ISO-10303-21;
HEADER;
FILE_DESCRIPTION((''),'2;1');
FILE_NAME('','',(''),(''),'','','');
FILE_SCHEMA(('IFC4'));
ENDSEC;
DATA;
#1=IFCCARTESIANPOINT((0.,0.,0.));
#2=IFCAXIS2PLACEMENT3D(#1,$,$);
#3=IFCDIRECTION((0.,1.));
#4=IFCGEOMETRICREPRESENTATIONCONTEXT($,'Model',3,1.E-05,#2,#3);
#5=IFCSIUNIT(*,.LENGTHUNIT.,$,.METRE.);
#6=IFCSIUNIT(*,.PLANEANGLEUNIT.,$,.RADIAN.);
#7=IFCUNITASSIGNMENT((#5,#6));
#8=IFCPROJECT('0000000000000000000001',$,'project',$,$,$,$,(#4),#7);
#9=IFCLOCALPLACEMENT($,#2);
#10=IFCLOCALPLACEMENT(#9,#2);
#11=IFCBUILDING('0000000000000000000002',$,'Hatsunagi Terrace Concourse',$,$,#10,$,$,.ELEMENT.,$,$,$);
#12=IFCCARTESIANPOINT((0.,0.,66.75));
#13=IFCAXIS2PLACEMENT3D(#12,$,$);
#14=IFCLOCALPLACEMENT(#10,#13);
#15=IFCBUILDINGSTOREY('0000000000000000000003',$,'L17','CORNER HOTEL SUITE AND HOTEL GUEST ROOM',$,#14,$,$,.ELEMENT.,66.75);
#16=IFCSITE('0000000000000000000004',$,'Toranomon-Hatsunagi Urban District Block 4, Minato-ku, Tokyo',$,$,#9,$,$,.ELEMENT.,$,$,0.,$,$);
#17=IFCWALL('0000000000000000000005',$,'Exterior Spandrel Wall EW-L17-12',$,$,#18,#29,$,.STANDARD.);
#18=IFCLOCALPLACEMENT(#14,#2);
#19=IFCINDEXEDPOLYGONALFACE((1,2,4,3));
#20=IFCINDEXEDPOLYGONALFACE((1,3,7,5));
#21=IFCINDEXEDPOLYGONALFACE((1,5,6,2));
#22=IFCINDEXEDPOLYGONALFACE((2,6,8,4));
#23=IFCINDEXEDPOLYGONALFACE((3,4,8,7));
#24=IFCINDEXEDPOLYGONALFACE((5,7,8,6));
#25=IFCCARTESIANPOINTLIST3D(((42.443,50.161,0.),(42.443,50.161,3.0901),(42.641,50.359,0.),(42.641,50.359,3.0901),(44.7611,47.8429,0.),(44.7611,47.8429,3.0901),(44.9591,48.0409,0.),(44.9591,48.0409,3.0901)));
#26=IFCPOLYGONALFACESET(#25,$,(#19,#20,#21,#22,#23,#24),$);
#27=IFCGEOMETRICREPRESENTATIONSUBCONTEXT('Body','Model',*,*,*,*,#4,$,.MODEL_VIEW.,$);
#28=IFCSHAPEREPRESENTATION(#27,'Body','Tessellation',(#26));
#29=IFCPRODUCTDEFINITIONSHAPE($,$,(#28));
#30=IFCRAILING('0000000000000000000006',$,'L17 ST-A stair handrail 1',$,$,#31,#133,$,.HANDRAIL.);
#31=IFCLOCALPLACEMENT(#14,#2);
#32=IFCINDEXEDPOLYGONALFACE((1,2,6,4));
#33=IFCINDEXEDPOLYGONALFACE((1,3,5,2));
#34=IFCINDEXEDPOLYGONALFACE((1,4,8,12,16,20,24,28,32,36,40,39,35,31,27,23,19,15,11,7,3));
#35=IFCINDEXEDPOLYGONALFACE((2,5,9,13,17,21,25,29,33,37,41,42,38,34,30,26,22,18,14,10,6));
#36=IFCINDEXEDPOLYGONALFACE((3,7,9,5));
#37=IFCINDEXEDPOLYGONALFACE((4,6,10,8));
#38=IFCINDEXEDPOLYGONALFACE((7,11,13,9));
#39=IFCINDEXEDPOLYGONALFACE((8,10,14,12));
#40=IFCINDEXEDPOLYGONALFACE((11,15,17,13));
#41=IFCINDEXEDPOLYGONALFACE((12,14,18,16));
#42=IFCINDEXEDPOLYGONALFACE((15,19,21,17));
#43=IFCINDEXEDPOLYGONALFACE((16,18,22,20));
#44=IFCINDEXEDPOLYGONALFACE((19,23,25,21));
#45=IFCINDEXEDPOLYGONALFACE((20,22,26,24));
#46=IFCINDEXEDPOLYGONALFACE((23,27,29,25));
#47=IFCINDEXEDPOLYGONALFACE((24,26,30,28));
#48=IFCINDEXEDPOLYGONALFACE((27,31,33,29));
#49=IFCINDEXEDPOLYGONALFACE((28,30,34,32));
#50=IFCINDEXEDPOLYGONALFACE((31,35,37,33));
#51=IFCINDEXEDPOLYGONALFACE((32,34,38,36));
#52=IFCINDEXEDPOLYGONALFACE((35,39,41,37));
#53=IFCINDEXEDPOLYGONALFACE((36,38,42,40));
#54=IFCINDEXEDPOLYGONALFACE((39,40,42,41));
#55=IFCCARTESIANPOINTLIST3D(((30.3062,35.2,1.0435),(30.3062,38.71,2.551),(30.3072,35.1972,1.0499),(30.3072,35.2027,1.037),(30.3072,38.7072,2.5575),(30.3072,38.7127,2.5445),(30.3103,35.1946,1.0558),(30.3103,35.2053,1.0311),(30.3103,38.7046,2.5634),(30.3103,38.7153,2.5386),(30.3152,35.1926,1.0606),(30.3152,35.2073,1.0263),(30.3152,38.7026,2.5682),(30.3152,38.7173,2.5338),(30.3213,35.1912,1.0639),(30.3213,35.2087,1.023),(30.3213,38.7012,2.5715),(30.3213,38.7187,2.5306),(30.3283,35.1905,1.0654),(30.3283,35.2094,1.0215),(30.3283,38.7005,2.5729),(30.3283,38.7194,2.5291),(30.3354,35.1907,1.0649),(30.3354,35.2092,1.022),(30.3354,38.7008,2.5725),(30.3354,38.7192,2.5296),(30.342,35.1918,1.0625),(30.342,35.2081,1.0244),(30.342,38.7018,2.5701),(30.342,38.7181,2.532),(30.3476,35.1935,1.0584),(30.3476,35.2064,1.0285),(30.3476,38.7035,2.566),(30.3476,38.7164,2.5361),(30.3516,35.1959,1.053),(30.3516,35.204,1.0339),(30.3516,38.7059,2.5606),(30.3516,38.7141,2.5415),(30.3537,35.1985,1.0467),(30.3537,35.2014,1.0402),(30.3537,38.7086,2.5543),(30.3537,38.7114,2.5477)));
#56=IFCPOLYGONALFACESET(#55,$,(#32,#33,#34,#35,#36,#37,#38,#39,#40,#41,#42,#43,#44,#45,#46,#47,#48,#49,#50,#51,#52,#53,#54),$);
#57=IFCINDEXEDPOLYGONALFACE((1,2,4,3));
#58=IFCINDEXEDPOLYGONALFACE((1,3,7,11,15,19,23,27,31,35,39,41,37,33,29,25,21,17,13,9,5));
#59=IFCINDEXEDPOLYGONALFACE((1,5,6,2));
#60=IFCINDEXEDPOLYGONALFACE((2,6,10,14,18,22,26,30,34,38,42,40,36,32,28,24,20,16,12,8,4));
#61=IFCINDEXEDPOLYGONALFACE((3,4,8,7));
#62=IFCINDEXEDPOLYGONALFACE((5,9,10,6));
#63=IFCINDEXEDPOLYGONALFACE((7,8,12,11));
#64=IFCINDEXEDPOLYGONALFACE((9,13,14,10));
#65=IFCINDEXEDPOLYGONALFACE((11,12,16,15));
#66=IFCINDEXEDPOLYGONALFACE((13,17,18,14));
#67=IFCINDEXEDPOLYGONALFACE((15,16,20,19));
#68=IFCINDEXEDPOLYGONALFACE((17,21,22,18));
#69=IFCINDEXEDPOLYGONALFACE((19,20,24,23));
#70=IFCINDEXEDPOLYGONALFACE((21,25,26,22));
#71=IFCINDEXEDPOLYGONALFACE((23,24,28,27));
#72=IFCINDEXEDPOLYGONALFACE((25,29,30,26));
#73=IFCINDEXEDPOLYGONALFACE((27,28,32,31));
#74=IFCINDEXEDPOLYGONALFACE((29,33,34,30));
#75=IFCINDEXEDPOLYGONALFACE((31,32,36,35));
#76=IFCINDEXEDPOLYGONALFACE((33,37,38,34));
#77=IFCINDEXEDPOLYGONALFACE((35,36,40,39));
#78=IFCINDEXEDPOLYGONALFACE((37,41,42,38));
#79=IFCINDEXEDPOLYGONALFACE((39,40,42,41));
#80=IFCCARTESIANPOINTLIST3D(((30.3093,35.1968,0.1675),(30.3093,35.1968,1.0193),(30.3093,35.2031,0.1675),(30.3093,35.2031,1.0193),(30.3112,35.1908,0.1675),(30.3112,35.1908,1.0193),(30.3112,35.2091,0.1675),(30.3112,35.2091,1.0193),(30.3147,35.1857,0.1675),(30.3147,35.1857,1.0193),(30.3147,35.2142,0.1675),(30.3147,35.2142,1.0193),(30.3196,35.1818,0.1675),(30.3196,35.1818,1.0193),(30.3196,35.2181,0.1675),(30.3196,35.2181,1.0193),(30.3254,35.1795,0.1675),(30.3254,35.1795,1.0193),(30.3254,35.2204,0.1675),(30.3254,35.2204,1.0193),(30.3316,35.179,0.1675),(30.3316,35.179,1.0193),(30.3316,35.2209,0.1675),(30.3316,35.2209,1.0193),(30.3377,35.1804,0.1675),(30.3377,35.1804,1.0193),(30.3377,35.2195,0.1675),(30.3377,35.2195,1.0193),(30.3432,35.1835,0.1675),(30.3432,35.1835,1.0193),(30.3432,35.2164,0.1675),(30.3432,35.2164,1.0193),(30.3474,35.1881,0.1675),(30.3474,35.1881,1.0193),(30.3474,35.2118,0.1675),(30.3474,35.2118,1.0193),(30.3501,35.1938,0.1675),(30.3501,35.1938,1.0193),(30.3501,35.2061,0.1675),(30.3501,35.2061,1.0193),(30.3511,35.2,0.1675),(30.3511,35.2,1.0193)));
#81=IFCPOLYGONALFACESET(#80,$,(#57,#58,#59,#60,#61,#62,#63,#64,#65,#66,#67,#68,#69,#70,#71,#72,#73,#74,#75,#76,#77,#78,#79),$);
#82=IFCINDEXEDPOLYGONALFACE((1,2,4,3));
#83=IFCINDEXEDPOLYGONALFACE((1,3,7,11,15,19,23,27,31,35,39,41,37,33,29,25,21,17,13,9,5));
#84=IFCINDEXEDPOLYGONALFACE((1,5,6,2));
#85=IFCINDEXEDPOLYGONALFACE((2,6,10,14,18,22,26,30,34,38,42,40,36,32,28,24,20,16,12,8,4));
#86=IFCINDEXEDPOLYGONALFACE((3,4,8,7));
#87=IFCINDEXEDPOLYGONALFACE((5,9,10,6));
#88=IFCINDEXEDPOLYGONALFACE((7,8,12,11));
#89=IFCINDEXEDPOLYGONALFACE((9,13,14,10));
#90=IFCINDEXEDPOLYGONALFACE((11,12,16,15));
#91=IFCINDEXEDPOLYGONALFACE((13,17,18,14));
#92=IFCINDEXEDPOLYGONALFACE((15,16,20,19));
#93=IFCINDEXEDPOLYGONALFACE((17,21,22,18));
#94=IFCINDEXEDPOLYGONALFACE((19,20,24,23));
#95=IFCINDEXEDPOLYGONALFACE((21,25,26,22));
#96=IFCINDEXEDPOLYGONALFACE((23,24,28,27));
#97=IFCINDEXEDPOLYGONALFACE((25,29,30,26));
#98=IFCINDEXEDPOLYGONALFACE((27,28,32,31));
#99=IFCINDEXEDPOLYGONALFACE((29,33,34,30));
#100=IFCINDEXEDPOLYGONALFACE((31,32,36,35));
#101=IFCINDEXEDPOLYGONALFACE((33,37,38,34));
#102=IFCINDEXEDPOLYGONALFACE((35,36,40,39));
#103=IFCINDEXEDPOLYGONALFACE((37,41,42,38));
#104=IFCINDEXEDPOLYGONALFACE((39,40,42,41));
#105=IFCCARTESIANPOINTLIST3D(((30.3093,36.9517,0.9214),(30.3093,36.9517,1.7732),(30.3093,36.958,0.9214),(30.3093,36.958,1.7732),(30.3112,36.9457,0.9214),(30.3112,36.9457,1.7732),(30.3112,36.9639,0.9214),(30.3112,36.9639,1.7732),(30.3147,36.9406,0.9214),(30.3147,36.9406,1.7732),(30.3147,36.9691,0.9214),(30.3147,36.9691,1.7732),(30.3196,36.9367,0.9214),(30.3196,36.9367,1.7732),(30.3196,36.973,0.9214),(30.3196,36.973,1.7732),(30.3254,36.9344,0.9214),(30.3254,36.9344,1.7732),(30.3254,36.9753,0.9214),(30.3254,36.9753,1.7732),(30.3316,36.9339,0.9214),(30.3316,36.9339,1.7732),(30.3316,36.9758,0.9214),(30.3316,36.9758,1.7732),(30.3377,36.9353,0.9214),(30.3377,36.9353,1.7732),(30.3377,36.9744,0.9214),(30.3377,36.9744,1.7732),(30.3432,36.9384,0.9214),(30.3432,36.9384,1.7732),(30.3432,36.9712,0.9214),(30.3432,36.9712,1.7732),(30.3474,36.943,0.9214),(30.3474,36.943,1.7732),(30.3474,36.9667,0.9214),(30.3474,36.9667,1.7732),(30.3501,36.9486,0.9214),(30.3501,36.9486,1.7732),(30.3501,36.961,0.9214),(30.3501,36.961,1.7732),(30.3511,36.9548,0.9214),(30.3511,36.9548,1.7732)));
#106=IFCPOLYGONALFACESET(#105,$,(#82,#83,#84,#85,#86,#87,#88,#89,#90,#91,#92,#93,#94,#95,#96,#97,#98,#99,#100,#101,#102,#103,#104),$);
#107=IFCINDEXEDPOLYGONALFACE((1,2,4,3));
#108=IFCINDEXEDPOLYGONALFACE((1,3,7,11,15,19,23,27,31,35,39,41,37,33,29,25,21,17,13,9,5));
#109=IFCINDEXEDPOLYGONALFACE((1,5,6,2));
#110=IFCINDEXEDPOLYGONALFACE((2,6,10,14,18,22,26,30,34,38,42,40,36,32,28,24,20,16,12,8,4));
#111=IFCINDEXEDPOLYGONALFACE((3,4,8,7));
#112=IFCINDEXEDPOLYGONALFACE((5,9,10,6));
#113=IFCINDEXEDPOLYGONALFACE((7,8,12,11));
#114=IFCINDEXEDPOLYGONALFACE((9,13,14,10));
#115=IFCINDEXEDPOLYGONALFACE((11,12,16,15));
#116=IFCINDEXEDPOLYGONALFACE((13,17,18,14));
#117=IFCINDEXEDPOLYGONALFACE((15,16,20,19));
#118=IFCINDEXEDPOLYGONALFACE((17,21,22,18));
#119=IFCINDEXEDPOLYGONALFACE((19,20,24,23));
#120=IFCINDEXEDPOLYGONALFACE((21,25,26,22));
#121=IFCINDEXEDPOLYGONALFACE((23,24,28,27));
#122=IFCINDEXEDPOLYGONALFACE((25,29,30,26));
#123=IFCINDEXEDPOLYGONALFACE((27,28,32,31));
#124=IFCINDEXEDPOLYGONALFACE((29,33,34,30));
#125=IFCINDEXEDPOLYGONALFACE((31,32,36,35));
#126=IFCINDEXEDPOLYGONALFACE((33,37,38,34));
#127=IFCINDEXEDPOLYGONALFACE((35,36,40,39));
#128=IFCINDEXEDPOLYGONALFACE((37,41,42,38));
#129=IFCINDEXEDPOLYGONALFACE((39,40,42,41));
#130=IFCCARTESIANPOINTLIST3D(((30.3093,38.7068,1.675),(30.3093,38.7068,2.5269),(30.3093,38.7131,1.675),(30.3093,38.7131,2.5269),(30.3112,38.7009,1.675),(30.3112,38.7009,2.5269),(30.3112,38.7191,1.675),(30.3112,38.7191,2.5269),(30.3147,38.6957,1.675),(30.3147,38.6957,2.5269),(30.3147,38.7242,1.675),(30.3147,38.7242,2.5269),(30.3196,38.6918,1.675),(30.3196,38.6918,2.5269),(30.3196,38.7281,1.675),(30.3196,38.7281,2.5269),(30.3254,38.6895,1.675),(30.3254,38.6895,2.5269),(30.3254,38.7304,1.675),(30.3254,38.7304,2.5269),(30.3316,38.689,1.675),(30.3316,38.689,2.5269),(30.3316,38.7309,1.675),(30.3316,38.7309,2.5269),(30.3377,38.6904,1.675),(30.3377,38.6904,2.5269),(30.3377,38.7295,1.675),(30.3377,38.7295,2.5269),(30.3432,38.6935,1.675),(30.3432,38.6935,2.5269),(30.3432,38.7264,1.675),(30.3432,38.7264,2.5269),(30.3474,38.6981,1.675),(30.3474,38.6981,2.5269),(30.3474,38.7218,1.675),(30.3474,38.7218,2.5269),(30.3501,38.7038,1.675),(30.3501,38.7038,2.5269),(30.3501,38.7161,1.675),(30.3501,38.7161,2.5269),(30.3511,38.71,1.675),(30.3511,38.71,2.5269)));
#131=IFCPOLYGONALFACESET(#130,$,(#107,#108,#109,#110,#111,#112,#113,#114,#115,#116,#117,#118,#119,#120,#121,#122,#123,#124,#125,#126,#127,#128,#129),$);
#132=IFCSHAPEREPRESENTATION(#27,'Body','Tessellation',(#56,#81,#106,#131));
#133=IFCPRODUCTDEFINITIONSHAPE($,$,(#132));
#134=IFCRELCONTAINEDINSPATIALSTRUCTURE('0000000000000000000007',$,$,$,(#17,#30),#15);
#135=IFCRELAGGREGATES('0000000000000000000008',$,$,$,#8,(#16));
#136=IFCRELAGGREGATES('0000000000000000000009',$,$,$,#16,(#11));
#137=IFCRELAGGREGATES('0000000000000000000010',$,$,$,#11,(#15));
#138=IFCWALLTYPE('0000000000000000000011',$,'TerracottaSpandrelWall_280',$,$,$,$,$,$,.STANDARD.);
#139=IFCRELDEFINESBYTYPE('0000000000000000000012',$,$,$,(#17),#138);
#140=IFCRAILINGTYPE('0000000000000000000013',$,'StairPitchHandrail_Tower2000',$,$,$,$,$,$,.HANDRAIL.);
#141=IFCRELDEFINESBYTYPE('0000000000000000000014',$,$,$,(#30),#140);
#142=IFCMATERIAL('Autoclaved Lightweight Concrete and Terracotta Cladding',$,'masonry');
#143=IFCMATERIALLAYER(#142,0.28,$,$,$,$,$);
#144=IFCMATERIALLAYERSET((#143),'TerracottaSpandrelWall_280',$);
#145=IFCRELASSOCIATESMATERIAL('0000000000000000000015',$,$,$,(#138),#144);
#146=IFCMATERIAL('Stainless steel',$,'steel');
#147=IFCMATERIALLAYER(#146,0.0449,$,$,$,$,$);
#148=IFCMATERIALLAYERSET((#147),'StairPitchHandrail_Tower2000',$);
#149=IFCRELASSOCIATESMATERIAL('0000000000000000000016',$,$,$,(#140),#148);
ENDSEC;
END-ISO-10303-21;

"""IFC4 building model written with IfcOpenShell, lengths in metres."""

from ifc_helpers import new_model, si_unit, direction, frame, frame_2d, origin, origin_2d, place, context, subcontext, project, spatial, rectangle, circle, extrude, material, layer, layer_set, type_object, element, save


model = new_model("IFC4")

# Units and contexts
model_context = context("Model", 3, precision=1e-05, world=origin(), true_north=direction((0.0, 1.0)))
body_context = subcontext(model_context, "Body", "Model", "MODEL_VIEW")
ifc_project = project(units=[si_unit("LENGTHUNIT", "METRE"), si_unit("PLANEANGLEUNIT", "RADIAN")], contexts=[model_context])

# Site, building, storey
site_placement = place(None, origin())
site = spatial("IfcSite", under=ifc_project, at=site_placement, Name="Toranomon-Hatsunagi Urban District Block 4, Minato-ku, Tokyo", CompositionType="ELEMENT", RefElevation=0.0)
building_placement = place(site_placement, origin())
building = spatial("IfcBuilding", under=site, at=building_placement, Name="Hatsunagi Terrace Concourse", CompositionType="ELEMENT")
storey_placement = place(building_placement, frame((0.0, 0.0, 66.75)))
storey = spatial("IfcBuildingStorey", under=building, at=storey_placement, Name="L17", Description="CORNER HOTEL SUITE AND HOTEL GUEST ROOM", CompositionType="ELEMENT", Elevation=66.75)

# Wall
ifc_material_1 = material(Name="Autoclaved Lightweight Concrete and Terracotta Cladding", Category="masonry")
ifc_layer_1 = layer(ifc_material_1, 0.28)
ifc_layer_set_1 = layer_set([ifc_layer_1], Name="TerracottaSpandrelWall_280")
wall_type_1 = type_object("IfcWallType", Name="TerracottaSpandrelWall_280", PredefinedType="STANDARD", material=ifc_layer_set_1)
wall_1_placement = place(storey_placement, frame((42.542, 50.26, 0.0), z_axis=(0.0, 0.0, 1.0), x_axis=(0.707107, -0.707107, 0.0)))
element("IfcWall", 1, at=wall_1_placement, inside=storey, type_object=wall_type_1, Name="Exterior Spandrel Wall EW-L17-12", PredefinedType="STANDARD", context=body_context, shape_type="SweptSolid", body=[
    extrude(rectangle(XDim=3.2783, YDim=0.28, at=frame_2d((1.6392, 0.0))), origin(), (0.0, 0.0, 1.0), 3.0901),
])

# Railing
ifc_material_2 = material(Name="Stainless steel", Category="steel")
ifc_layer_2 = layer(ifc_material_2, 0.0449)
ifc_layer_set_2 = layer_set([ifc_layer_2], Name="StairPitchHandrail_Tower2000")
railing_type_1 = type_object("IfcRailingType", Name="StairPitchHandrail_Tower2000", PredefinedType="HANDRAIL", material=ifc_layer_set_2)
railing_1_placement = place(storey_placement, frame((30.3301, 35.2, 0.1675)))
element("IfcRailing", 2, at=railing_1_placement, inside=storey, type_object=railing_type_1, Name="L17 ST-A stair handrail 1", PredefinedType="HANDRAIL", context=body_context, shape_type="SweptSolid", body=[
    extrude(circle(Radius=0.0239, at=origin_2d()), frame((0.0, 0.0, 0.876), z_axis=(0.0, 0.918834, 0.394644), x_axis=(-1.0, 0.0, 0.0)), (0.0, 0.0, 1.0), 3.8201),
    extrude(circle(Radius=0.021, at=origin_2d()), origin(), (0.0, 0.0, 1.0), 0.8518),
    extrude(circle(Radius=0.021, at=origin_2d()), frame((0.0, 1.7549, 0.7539)), (0.0, 0.0, 1.0), 0.8518),
    extrude(circle(Radius=0.021, at=origin_2d()), frame((0.0, 3.51, 1.5076)), (0.0, 0.0, 1.0), 0.8518),
])

save(model, "model.ifc")
